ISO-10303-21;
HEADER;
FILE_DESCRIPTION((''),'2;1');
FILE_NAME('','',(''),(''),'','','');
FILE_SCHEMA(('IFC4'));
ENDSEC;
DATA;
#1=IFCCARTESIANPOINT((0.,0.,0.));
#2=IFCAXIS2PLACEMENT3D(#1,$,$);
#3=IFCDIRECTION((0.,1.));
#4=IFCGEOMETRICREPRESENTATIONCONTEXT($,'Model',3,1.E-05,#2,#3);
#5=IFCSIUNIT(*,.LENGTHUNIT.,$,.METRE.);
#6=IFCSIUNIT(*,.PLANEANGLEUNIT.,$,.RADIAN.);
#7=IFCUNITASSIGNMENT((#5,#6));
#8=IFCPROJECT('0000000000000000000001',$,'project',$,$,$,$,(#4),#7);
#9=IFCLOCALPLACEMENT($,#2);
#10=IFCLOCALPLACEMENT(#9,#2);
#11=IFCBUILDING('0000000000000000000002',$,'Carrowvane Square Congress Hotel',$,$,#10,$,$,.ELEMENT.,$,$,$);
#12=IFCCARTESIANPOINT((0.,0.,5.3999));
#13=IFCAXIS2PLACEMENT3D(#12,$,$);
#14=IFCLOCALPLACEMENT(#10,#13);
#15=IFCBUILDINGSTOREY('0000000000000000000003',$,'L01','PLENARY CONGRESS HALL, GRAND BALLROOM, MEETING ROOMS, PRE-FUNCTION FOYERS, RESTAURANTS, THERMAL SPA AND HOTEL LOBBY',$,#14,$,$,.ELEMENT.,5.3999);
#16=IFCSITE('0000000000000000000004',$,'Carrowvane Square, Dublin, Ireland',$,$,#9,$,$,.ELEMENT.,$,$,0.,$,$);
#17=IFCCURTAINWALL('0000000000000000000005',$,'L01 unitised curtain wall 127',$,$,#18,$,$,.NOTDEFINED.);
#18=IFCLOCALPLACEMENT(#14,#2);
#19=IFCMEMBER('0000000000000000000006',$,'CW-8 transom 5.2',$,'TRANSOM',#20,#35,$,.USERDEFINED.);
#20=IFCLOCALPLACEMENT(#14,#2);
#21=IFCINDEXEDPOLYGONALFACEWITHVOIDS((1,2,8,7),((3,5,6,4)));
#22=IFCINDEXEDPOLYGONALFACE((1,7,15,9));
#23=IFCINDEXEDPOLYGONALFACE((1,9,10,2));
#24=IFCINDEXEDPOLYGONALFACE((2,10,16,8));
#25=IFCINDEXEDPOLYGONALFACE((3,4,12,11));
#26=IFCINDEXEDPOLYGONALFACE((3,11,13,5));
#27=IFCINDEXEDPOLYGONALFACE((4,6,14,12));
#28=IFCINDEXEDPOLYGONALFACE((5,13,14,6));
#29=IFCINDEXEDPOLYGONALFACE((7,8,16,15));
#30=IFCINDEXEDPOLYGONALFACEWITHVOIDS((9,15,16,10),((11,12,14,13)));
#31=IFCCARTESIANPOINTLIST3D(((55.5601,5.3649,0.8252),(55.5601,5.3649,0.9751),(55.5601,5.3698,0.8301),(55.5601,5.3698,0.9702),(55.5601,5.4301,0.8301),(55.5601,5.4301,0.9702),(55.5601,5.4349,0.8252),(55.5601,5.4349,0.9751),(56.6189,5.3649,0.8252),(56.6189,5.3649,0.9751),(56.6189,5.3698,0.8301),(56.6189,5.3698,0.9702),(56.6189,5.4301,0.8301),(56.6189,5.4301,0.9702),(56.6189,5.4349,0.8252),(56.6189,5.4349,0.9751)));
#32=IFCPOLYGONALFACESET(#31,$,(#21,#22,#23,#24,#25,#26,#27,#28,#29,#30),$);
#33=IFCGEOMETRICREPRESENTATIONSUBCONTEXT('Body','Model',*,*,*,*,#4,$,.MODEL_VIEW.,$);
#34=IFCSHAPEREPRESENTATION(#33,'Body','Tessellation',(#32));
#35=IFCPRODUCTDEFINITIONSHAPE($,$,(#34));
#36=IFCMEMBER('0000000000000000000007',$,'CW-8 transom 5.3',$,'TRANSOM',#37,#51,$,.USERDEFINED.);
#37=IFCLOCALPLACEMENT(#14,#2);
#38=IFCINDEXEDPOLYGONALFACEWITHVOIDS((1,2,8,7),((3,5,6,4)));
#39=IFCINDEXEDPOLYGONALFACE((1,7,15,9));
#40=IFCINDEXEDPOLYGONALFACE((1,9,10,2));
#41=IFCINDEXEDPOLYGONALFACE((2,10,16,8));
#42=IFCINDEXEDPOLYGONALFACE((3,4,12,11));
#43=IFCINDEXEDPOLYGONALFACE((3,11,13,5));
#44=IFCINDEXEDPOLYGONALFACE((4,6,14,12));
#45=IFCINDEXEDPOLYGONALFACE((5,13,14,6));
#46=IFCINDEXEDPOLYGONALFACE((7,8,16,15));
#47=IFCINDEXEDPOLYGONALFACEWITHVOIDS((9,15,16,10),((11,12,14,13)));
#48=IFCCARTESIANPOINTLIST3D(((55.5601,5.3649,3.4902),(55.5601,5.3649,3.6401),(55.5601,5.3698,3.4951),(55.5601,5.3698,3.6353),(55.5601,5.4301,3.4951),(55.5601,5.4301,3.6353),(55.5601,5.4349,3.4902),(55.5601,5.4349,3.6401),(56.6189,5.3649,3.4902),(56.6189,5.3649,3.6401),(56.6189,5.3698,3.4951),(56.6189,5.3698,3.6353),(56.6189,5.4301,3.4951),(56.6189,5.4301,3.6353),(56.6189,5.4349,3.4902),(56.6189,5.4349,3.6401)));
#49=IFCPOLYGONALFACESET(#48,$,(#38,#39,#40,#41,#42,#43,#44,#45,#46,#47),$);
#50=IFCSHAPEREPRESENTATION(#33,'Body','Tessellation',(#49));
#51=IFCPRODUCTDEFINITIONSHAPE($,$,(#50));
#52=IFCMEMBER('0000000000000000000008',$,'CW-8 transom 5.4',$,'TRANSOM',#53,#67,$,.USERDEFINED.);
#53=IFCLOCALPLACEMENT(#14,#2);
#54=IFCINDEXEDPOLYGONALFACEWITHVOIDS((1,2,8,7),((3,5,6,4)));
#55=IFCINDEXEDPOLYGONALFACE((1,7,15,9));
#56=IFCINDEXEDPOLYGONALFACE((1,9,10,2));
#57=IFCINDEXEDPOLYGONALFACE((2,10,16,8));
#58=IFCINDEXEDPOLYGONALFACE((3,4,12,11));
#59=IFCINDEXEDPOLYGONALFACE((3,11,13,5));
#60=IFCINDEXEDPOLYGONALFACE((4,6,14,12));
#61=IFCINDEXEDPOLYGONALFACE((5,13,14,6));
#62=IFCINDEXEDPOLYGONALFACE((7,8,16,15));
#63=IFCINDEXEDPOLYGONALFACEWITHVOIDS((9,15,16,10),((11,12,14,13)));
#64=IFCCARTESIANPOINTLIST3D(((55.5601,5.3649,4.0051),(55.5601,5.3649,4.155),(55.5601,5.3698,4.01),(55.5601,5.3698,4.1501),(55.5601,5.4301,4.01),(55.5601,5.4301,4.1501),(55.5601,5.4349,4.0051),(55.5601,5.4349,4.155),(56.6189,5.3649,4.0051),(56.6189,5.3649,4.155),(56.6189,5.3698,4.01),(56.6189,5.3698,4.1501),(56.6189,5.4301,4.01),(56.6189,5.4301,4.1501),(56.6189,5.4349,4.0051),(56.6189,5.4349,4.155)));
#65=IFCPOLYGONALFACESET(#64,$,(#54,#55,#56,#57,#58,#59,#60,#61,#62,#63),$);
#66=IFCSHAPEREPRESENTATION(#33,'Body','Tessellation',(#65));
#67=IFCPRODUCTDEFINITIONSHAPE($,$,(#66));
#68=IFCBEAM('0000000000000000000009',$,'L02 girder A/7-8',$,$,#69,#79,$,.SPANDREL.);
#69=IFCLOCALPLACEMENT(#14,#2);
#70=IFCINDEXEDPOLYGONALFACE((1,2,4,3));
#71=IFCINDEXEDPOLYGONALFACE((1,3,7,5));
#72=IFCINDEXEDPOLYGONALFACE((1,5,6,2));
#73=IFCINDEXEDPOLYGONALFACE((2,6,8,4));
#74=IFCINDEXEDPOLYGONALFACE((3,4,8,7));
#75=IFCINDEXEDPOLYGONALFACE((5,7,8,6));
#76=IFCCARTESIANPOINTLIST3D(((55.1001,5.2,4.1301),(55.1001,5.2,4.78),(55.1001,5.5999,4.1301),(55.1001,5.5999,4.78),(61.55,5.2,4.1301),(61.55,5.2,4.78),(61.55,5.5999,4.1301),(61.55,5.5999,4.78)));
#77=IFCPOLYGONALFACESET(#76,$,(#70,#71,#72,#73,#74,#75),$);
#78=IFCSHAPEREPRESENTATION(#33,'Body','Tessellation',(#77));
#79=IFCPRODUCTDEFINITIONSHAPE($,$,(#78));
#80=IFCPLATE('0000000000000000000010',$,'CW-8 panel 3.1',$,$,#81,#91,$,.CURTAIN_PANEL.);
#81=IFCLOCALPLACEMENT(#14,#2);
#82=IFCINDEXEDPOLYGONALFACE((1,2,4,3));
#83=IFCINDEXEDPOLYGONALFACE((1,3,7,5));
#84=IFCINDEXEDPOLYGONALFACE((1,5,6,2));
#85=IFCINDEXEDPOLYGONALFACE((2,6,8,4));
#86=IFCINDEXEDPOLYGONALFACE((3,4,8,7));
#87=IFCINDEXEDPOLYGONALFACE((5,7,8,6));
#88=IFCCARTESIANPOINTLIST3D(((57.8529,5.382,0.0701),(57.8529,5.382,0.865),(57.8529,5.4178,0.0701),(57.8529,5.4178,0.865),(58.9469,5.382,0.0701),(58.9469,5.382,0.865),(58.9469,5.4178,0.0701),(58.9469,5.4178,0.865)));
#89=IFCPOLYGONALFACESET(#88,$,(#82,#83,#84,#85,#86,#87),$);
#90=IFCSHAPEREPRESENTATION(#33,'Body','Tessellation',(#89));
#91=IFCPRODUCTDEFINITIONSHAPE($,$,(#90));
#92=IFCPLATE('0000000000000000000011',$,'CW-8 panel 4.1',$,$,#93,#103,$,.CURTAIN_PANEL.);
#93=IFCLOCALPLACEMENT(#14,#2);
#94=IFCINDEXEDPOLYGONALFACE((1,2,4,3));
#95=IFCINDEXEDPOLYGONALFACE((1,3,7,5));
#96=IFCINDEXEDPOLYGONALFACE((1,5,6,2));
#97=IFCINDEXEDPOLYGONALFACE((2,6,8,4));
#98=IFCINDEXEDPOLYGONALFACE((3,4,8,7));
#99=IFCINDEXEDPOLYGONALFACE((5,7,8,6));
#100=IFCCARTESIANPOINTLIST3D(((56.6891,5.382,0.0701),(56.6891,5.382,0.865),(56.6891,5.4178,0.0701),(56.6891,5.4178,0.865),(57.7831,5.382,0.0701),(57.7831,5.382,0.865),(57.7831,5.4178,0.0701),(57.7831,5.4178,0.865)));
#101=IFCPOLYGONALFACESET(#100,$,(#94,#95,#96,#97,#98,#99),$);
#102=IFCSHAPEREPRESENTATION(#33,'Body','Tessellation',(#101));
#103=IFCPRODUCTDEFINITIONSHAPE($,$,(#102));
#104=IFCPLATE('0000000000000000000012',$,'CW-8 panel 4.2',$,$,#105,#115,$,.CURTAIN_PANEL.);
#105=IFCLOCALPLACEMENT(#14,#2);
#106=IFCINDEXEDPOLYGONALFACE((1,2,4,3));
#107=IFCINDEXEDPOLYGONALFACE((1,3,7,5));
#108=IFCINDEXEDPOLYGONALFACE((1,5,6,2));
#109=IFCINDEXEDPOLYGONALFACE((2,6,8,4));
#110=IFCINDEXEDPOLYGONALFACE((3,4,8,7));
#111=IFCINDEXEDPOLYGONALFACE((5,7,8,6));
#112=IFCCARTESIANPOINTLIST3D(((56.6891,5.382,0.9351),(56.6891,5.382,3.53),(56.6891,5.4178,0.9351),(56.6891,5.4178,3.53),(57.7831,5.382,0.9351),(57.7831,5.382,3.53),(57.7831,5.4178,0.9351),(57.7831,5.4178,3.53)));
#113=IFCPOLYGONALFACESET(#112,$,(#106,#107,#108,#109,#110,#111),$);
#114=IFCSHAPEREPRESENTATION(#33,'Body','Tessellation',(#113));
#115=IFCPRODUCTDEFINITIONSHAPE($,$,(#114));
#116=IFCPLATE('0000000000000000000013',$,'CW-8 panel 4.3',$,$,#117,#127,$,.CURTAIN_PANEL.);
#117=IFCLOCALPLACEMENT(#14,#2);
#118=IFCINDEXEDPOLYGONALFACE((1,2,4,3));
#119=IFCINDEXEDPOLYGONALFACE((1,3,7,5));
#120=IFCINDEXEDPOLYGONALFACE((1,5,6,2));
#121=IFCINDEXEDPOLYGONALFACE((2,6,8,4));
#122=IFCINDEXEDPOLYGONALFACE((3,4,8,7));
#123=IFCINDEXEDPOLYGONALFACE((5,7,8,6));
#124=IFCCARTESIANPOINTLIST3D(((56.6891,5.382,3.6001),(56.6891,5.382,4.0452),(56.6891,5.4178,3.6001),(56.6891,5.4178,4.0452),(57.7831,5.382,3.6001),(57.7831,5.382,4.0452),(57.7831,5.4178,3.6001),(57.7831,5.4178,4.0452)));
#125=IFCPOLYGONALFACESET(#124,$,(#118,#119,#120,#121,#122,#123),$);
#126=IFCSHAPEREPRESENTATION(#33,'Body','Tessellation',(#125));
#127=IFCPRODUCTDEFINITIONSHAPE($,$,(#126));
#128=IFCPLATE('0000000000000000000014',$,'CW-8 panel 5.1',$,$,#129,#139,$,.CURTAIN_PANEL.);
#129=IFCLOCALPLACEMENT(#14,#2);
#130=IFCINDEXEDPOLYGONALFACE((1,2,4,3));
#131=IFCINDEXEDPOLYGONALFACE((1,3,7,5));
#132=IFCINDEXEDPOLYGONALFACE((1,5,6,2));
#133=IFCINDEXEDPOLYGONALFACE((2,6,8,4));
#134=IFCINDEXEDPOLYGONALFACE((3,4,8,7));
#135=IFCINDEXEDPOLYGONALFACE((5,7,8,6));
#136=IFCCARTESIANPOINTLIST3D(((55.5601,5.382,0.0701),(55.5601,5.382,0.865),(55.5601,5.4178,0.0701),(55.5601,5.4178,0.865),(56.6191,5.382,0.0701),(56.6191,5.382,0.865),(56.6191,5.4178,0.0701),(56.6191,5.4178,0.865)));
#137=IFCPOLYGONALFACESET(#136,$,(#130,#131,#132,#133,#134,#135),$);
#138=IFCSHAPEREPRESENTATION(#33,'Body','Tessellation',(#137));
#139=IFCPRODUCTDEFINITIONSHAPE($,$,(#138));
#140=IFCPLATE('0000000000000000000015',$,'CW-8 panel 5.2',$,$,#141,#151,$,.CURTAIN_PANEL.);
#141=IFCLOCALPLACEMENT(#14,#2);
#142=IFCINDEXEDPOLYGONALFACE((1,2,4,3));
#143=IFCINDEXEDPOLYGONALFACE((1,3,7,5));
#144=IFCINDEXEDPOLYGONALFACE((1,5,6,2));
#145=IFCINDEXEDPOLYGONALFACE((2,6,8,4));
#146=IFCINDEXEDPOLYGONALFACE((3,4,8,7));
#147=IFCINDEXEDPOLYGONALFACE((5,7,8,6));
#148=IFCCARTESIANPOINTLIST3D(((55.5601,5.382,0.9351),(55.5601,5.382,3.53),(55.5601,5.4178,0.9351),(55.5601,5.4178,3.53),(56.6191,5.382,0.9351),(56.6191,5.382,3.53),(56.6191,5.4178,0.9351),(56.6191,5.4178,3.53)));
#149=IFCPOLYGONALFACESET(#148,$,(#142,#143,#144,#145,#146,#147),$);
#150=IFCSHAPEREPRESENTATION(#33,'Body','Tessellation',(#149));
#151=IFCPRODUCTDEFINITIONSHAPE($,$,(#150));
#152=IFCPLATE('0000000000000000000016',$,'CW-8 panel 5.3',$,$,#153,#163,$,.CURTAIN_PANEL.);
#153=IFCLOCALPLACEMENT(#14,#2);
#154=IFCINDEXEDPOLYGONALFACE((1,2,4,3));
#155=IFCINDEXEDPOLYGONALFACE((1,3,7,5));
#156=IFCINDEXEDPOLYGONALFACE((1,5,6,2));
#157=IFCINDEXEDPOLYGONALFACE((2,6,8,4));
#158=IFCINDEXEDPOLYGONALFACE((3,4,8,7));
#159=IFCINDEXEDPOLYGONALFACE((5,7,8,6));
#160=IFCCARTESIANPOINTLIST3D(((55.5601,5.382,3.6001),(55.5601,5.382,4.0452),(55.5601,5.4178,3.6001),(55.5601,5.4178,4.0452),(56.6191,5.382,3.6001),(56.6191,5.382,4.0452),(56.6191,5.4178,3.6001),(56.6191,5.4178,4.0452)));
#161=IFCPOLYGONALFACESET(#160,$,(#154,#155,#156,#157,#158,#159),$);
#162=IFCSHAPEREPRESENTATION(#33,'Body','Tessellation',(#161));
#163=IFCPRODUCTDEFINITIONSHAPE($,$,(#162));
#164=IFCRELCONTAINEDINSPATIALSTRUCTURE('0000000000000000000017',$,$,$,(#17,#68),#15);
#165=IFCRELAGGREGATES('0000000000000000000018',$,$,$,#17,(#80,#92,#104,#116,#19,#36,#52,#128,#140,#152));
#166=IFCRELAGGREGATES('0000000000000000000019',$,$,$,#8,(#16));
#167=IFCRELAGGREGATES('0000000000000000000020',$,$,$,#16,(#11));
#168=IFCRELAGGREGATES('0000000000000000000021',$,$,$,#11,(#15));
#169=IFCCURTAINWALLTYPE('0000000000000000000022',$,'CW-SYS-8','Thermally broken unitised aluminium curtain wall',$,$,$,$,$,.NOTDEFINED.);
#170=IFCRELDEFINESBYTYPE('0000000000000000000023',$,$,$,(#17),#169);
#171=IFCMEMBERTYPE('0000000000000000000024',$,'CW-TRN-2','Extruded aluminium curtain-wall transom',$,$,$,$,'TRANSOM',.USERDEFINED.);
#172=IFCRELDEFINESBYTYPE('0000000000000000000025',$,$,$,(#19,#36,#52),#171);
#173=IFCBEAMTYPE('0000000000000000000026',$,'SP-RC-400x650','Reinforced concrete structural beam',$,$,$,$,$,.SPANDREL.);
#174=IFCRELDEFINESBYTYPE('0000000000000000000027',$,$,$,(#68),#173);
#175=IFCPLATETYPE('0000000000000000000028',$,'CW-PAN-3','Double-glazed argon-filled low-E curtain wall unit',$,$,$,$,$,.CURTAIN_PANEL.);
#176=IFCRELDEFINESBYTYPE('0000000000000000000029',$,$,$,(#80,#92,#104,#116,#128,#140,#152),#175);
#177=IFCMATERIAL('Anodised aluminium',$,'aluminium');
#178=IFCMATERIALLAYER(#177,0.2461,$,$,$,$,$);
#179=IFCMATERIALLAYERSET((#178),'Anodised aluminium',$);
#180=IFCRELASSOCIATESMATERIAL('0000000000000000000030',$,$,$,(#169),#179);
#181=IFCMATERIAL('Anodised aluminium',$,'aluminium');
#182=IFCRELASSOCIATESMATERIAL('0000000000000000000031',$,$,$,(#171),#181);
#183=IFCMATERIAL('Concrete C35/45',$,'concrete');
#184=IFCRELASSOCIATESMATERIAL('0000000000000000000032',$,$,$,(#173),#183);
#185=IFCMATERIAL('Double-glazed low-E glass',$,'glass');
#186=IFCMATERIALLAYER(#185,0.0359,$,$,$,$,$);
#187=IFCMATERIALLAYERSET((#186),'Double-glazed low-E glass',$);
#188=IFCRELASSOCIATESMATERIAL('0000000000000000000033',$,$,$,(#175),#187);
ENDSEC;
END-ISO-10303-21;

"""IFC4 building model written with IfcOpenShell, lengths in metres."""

from ifc_helpers import new_model, si_unit, direction, frame, origin, origin_2d, place, context, subcontext, project, spatial, rectangle, hollow_rectangle, extrude, material, layer, layer_set, material_profile, profile_set, type_object, element, aggregate, save


model = new_model("IFC4")

# Units and contexts
model_context = context("Model", 3, precision=1e-05, world=origin(), true_north=direction((0.0, 1.0)))
body_context = subcontext(model_context, "Body", "Model", "MODEL_VIEW")
ifc_project = project(units=[si_unit("LENGTHUNIT", "METRE"), si_unit("PLANEANGLEUNIT", "RADIAN")], contexts=[model_context])

# Site, building, storey
site_placement = place(None, origin())
site = spatial("IfcSite", under=ifc_project, at=site_placement, Name="Carrowvane Square, Dublin, Ireland", CompositionType="ELEMENT", RefElevation=0.0)
building_placement = place(site_placement, origin())
building = spatial("IfcBuilding", under=site, at=building_placement, Name="Carrowvane Square Congress Hotel", CompositionType="ELEMENT")
storey_placement = place(building_placement, frame((0.0, 0.0, 5.3999)))
storey = spatial("IfcBuildingStorey", under=building, at=storey_placement, Name="L01", Description="PLENARY CONGRESS HALL, GRAND BALLROOM, MEETING ROOMS, PRE-FUNCTION FOYERS, RESTAURANTS, THERMAL SPA AND HOTEL LOBBY", CompositionType="ELEMENT", Elevation=5.3999)

# Curtain wall, members
ifc_material_1 = material(Name="Anodised aluminium", Category="aluminium")
ifc_layer_1 = layer(ifc_material_1, 0.2461)
ifc_layer_set_1 = layer_set([ifc_layer_1], Name="Anodised aluminium")
curtain_wall_type_1 = type_object("IfcCurtainWallType", Name="CW-SYS-8", Description="Thermally broken unitised aluminium curtain wall", PredefinedType="NOTDEFINED", material=ifc_layer_set_1)
curtain_wall_1_placement = place(storey_placement, origin())
curtain_wall_1 = element("IfcCurtainWall", 1, at=curtain_wall_1_placement, inside=storey, type_object=curtain_wall_type_1, Name="L01 unitised curtain wall 127", PredefinedType="NOTDEFINED")
ifc_material_2 = material(Name="Anodised aluminium", Category="aluminium")
ifc_material_profile_1 = material_profile(ifc_material_2, hollow_rectangle(XDim=0.0701, YDim=0.1499, WallThickness=0.0049, at=origin_2d()), Name="CW-TR 70x150x5")
ifc_profile_set_1 = profile_set([ifc_material_profile_1], Name="Anodised aluminium")
member_type_1 = type_object("IfcMemberType", Name="CW-TRN-2", Description="Extruded aluminium curtain-wall transom", ElementType="TRANSOM", PredefinedType="USERDEFINED", material=ifc_profile_set_1)
member_1_placement = place(storey_placement, frame((56.6189, 5.3999, 0.9001), z_axis=(-1.0, 0.0, 0.0), x_axis=(0.0, -1.0, 0.0)))
member_1 = element("IfcMember", 2, at=member_1_placement, type_object=member_type_1, Name="CW-8 transom 5.2", ObjectType="TRANSOM", PredefinedType="USERDEFINED", context=body_context, shape_type="SweptSolid", body=[
    extrude(hollow_rectangle(XDim=0.0701, YDim=0.1499, WallThickness=0.0049, at=origin_2d()), origin(), (0.0, 0.0, 1.0), 1.0588),
])
member_2_placement = place(storey_placement, frame((56.6189, 5.3999, 3.5652), z_axis=(-1.0, 0.0, 0.0), x_axis=(0.0, -1.0, 0.0)))
member_2 = element("IfcMember", 3, at=member_2_placement, type_object=member_type_1, Name="CW-8 transom 5.3", ObjectType="TRANSOM", PredefinedType="USERDEFINED", context=body_context, shape_type="SweptSolid", body=[
    extrude(hollow_rectangle(XDim=0.0701, YDim=0.1499, WallThickness=0.0049, at=origin_2d()), origin(), (0.0, 0.0, 1.0), 1.0588),
])
member_3_placement = place(storey_placement, frame((56.6189, 5.3999, 4.0801), z_axis=(-1.0, 0.0, 0.0), x_axis=(0.0, -1.0, 0.0)))
member_3 = element("IfcMember", 4, at=member_3_placement, type_object=member_type_1, Name="CW-8 transom 5.4", ObjectType="TRANSOM", PredefinedType="USERDEFINED", context=body_context, shape_type="SweptSolid", body=[
    extrude(hollow_rectangle(XDim=0.0701, YDim=0.1499, WallThickness=0.0049, at=origin_2d()), origin(), (0.0, 0.0, 1.0), 1.0588),
])

# Beam
ifc_material_3 = material(Name="Concrete C35/45", Category="concrete")
ifc_material_profile_2 = material_profile(ifc_material_3, rectangle(XDim=0.3999, YDim=0.6499, at=origin_2d()), Name="RC 400x650")
ifc_profile_set_2 = profile_set([ifc_material_profile_2], Name="Concrete C35/45")
beam_type = type_object("IfcBeamType", Name="SP-RC-400x650", Description="Reinforced concrete structural beam", PredefinedType="SPANDREL", material=ifc_profile_set_2)
beam_placement = place(storey_placement, frame((55.1001, 5.3999, 4.4551), z_axis=(1.0, 0.0, 0.0), x_axis=(0.0, 1.0, 0.0)))
element("IfcBeam", 5, at=beam_placement, inside=storey, type_object=beam_type, Name="L02 girder A/7-8", PredefinedType="SPANDREL", context=body_context, shape_type="SweptSolid", body=[
    extrude(rectangle(XDim=0.3999, YDim=0.6499, at=origin_2d()), origin(), (0.0, 0.0, 1.0), 6.45),
])

# Plates
ifc_material_4 = material(Name="Double-glazed low-E glass", Category="glass")
ifc_layer_2 = layer(ifc_material_4, 0.0359)
ifc_layer_set_2 = layer_set([ifc_layer_2], Name="Double-glazed low-E glass")
plate_type = type_object("IfcPlateType", Name="CW-PAN-3", Description="Double-glazed argon-filled low-E curtain wall unit", PredefinedType="CURTAIN_PANEL", material=ifc_layer_set_2)
plate_1_placement = place(storey_placement, frame((58.3999, 5.3999, 0.0701), z_axis=(0.0, 0.0, 1.0), x_axis=(-1.0, 0.0, 0.0)))
plate_1 = element("IfcPlate", 6, at=plate_1_placement, type_object=plate_type, Name="CW-8 panel 3.1", PredefinedType="CURTAIN_PANEL", context=body_context, shape_type="SweptSolid", body=[
    extrude(rectangle(XDim=1.094, YDim=0.0359, at=origin_2d()), origin(), (0.0, 0.0, 1.0), 0.7949),
])
plate_2_placement = place(storey_placement, frame((57.2361, 5.3999, 0.0701), z_axis=(0.0, 0.0, 1.0), x_axis=(-1.0, 0.0, 0.0)))
plate_2 = element("IfcPlate", 7, at=plate_2_placement, type_object=plate_type, Name="CW-8 panel 4.1", PredefinedType="CURTAIN_PANEL", context=body_context, shape_type="SweptSolid", body=[
    extrude(rectangle(XDim=1.094, YDim=0.0359, at=origin_2d()), origin(), (0.0, 0.0, 1.0), 0.7949),
])
plate_3_placement = place(storey_placement, frame((57.2361, 5.3999, 0.9351), z_axis=(0.0, 0.0, 1.0), x_axis=(-1.0, 0.0, 0.0)))
plate_3 = element("IfcPlate", 8, at=plate_3_placement, type_object=plate_type, Name="CW-8 panel 4.2", PredefinedType="CURTAIN_PANEL", context=body_context, shape_type="SweptSolid", body=[
    extrude(rectangle(XDim=1.094, YDim=0.0359, at=origin_2d()), origin(), (0.0, 0.0, 1.0), 2.595),
])
plate_4_placement = place(storey_placement, frame((57.2361, 5.3999, 3.6001), z_axis=(0.0, 0.0, 1.0), x_axis=(-1.0, 0.0, 0.0)))
plate_4 = element("IfcPlate", 9, at=plate_4_placement, type_object=plate_type, Name="CW-8 panel 4.3", PredefinedType="CURTAIN_PANEL", context=body_context, shape_type="SweptSolid", body=[
    extrude(rectangle(XDim=1.094, YDim=0.0359, at=origin_2d()), origin(), (0.0, 0.0, 1.0), 0.4451),
])
plate_5_placement = place(storey_placement, frame((56.0896, 5.3999, 0.0701), z_axis=(0.0, 0.0, 1.0), x_axis=(-1.0, 0.0, 0.0)))
plate_5 = element("IfcPlate", 10, at=plate_5_placement, type_object=plate_type, Name="CW-8 panel 5.1", PredefinedType="CURTAIN_PANEL", context=body_context, shape_type="SweptSolid", body=[
    extrude(rectangle(XDim=1.0591, YDim=0.0359, at=origin_2d()), origin(), (0.0, 0.0, 1.0), 0.7949),
])
plate_6_placement = place(storey_placement, frame((56.0896, 5.3999, 0.9351), z_axis=(0.0, 0.0, 1.0), x_axis=(-1.0, 0.0, 0.0)))
plate_6 = element("IfcPlate", 11, at=plate_6_placement, type_object=plate_type, Name="CW-8 panel 5.2", PredefinedType="CURTAIN_PANEL", context=body_context, shape_type="SweptSolid", body=[
    extrude(rectangle(XDim=1.0591, YDim=0.0359, at=origin_2d()), origin(), (0.0, 0.0, 1.0), 2.595),
])
plate_7_placement = place(storey_placement, frame((56.0896, 5.3999, 3.6001), z_axis=(0.0, 0.0, 1.0), x_axis=(-1.0, 0.0, 0.0)))
plate_7 = element("IfcPlate", 12, at=plate_7_placement, type_object=plate_type, Name="CW-8 panel 5.3", PredefinedType="CURTAIN_PANEL", context=body_context, shape_type="SweptSolid", body=[
    extrude(rectangle(XDim=1.0591, YDim=0.0359, at=origin_2d()), origin(), (0.0, 0.0, 1.0), 0.4451),
])
aggregate(curtain_wall_1, [plate_1, plate_2, plate_3, plate_4, member_1, member_2, member_3, plate_5, plate_6, plate_7])

save(model, "model.ifc")
